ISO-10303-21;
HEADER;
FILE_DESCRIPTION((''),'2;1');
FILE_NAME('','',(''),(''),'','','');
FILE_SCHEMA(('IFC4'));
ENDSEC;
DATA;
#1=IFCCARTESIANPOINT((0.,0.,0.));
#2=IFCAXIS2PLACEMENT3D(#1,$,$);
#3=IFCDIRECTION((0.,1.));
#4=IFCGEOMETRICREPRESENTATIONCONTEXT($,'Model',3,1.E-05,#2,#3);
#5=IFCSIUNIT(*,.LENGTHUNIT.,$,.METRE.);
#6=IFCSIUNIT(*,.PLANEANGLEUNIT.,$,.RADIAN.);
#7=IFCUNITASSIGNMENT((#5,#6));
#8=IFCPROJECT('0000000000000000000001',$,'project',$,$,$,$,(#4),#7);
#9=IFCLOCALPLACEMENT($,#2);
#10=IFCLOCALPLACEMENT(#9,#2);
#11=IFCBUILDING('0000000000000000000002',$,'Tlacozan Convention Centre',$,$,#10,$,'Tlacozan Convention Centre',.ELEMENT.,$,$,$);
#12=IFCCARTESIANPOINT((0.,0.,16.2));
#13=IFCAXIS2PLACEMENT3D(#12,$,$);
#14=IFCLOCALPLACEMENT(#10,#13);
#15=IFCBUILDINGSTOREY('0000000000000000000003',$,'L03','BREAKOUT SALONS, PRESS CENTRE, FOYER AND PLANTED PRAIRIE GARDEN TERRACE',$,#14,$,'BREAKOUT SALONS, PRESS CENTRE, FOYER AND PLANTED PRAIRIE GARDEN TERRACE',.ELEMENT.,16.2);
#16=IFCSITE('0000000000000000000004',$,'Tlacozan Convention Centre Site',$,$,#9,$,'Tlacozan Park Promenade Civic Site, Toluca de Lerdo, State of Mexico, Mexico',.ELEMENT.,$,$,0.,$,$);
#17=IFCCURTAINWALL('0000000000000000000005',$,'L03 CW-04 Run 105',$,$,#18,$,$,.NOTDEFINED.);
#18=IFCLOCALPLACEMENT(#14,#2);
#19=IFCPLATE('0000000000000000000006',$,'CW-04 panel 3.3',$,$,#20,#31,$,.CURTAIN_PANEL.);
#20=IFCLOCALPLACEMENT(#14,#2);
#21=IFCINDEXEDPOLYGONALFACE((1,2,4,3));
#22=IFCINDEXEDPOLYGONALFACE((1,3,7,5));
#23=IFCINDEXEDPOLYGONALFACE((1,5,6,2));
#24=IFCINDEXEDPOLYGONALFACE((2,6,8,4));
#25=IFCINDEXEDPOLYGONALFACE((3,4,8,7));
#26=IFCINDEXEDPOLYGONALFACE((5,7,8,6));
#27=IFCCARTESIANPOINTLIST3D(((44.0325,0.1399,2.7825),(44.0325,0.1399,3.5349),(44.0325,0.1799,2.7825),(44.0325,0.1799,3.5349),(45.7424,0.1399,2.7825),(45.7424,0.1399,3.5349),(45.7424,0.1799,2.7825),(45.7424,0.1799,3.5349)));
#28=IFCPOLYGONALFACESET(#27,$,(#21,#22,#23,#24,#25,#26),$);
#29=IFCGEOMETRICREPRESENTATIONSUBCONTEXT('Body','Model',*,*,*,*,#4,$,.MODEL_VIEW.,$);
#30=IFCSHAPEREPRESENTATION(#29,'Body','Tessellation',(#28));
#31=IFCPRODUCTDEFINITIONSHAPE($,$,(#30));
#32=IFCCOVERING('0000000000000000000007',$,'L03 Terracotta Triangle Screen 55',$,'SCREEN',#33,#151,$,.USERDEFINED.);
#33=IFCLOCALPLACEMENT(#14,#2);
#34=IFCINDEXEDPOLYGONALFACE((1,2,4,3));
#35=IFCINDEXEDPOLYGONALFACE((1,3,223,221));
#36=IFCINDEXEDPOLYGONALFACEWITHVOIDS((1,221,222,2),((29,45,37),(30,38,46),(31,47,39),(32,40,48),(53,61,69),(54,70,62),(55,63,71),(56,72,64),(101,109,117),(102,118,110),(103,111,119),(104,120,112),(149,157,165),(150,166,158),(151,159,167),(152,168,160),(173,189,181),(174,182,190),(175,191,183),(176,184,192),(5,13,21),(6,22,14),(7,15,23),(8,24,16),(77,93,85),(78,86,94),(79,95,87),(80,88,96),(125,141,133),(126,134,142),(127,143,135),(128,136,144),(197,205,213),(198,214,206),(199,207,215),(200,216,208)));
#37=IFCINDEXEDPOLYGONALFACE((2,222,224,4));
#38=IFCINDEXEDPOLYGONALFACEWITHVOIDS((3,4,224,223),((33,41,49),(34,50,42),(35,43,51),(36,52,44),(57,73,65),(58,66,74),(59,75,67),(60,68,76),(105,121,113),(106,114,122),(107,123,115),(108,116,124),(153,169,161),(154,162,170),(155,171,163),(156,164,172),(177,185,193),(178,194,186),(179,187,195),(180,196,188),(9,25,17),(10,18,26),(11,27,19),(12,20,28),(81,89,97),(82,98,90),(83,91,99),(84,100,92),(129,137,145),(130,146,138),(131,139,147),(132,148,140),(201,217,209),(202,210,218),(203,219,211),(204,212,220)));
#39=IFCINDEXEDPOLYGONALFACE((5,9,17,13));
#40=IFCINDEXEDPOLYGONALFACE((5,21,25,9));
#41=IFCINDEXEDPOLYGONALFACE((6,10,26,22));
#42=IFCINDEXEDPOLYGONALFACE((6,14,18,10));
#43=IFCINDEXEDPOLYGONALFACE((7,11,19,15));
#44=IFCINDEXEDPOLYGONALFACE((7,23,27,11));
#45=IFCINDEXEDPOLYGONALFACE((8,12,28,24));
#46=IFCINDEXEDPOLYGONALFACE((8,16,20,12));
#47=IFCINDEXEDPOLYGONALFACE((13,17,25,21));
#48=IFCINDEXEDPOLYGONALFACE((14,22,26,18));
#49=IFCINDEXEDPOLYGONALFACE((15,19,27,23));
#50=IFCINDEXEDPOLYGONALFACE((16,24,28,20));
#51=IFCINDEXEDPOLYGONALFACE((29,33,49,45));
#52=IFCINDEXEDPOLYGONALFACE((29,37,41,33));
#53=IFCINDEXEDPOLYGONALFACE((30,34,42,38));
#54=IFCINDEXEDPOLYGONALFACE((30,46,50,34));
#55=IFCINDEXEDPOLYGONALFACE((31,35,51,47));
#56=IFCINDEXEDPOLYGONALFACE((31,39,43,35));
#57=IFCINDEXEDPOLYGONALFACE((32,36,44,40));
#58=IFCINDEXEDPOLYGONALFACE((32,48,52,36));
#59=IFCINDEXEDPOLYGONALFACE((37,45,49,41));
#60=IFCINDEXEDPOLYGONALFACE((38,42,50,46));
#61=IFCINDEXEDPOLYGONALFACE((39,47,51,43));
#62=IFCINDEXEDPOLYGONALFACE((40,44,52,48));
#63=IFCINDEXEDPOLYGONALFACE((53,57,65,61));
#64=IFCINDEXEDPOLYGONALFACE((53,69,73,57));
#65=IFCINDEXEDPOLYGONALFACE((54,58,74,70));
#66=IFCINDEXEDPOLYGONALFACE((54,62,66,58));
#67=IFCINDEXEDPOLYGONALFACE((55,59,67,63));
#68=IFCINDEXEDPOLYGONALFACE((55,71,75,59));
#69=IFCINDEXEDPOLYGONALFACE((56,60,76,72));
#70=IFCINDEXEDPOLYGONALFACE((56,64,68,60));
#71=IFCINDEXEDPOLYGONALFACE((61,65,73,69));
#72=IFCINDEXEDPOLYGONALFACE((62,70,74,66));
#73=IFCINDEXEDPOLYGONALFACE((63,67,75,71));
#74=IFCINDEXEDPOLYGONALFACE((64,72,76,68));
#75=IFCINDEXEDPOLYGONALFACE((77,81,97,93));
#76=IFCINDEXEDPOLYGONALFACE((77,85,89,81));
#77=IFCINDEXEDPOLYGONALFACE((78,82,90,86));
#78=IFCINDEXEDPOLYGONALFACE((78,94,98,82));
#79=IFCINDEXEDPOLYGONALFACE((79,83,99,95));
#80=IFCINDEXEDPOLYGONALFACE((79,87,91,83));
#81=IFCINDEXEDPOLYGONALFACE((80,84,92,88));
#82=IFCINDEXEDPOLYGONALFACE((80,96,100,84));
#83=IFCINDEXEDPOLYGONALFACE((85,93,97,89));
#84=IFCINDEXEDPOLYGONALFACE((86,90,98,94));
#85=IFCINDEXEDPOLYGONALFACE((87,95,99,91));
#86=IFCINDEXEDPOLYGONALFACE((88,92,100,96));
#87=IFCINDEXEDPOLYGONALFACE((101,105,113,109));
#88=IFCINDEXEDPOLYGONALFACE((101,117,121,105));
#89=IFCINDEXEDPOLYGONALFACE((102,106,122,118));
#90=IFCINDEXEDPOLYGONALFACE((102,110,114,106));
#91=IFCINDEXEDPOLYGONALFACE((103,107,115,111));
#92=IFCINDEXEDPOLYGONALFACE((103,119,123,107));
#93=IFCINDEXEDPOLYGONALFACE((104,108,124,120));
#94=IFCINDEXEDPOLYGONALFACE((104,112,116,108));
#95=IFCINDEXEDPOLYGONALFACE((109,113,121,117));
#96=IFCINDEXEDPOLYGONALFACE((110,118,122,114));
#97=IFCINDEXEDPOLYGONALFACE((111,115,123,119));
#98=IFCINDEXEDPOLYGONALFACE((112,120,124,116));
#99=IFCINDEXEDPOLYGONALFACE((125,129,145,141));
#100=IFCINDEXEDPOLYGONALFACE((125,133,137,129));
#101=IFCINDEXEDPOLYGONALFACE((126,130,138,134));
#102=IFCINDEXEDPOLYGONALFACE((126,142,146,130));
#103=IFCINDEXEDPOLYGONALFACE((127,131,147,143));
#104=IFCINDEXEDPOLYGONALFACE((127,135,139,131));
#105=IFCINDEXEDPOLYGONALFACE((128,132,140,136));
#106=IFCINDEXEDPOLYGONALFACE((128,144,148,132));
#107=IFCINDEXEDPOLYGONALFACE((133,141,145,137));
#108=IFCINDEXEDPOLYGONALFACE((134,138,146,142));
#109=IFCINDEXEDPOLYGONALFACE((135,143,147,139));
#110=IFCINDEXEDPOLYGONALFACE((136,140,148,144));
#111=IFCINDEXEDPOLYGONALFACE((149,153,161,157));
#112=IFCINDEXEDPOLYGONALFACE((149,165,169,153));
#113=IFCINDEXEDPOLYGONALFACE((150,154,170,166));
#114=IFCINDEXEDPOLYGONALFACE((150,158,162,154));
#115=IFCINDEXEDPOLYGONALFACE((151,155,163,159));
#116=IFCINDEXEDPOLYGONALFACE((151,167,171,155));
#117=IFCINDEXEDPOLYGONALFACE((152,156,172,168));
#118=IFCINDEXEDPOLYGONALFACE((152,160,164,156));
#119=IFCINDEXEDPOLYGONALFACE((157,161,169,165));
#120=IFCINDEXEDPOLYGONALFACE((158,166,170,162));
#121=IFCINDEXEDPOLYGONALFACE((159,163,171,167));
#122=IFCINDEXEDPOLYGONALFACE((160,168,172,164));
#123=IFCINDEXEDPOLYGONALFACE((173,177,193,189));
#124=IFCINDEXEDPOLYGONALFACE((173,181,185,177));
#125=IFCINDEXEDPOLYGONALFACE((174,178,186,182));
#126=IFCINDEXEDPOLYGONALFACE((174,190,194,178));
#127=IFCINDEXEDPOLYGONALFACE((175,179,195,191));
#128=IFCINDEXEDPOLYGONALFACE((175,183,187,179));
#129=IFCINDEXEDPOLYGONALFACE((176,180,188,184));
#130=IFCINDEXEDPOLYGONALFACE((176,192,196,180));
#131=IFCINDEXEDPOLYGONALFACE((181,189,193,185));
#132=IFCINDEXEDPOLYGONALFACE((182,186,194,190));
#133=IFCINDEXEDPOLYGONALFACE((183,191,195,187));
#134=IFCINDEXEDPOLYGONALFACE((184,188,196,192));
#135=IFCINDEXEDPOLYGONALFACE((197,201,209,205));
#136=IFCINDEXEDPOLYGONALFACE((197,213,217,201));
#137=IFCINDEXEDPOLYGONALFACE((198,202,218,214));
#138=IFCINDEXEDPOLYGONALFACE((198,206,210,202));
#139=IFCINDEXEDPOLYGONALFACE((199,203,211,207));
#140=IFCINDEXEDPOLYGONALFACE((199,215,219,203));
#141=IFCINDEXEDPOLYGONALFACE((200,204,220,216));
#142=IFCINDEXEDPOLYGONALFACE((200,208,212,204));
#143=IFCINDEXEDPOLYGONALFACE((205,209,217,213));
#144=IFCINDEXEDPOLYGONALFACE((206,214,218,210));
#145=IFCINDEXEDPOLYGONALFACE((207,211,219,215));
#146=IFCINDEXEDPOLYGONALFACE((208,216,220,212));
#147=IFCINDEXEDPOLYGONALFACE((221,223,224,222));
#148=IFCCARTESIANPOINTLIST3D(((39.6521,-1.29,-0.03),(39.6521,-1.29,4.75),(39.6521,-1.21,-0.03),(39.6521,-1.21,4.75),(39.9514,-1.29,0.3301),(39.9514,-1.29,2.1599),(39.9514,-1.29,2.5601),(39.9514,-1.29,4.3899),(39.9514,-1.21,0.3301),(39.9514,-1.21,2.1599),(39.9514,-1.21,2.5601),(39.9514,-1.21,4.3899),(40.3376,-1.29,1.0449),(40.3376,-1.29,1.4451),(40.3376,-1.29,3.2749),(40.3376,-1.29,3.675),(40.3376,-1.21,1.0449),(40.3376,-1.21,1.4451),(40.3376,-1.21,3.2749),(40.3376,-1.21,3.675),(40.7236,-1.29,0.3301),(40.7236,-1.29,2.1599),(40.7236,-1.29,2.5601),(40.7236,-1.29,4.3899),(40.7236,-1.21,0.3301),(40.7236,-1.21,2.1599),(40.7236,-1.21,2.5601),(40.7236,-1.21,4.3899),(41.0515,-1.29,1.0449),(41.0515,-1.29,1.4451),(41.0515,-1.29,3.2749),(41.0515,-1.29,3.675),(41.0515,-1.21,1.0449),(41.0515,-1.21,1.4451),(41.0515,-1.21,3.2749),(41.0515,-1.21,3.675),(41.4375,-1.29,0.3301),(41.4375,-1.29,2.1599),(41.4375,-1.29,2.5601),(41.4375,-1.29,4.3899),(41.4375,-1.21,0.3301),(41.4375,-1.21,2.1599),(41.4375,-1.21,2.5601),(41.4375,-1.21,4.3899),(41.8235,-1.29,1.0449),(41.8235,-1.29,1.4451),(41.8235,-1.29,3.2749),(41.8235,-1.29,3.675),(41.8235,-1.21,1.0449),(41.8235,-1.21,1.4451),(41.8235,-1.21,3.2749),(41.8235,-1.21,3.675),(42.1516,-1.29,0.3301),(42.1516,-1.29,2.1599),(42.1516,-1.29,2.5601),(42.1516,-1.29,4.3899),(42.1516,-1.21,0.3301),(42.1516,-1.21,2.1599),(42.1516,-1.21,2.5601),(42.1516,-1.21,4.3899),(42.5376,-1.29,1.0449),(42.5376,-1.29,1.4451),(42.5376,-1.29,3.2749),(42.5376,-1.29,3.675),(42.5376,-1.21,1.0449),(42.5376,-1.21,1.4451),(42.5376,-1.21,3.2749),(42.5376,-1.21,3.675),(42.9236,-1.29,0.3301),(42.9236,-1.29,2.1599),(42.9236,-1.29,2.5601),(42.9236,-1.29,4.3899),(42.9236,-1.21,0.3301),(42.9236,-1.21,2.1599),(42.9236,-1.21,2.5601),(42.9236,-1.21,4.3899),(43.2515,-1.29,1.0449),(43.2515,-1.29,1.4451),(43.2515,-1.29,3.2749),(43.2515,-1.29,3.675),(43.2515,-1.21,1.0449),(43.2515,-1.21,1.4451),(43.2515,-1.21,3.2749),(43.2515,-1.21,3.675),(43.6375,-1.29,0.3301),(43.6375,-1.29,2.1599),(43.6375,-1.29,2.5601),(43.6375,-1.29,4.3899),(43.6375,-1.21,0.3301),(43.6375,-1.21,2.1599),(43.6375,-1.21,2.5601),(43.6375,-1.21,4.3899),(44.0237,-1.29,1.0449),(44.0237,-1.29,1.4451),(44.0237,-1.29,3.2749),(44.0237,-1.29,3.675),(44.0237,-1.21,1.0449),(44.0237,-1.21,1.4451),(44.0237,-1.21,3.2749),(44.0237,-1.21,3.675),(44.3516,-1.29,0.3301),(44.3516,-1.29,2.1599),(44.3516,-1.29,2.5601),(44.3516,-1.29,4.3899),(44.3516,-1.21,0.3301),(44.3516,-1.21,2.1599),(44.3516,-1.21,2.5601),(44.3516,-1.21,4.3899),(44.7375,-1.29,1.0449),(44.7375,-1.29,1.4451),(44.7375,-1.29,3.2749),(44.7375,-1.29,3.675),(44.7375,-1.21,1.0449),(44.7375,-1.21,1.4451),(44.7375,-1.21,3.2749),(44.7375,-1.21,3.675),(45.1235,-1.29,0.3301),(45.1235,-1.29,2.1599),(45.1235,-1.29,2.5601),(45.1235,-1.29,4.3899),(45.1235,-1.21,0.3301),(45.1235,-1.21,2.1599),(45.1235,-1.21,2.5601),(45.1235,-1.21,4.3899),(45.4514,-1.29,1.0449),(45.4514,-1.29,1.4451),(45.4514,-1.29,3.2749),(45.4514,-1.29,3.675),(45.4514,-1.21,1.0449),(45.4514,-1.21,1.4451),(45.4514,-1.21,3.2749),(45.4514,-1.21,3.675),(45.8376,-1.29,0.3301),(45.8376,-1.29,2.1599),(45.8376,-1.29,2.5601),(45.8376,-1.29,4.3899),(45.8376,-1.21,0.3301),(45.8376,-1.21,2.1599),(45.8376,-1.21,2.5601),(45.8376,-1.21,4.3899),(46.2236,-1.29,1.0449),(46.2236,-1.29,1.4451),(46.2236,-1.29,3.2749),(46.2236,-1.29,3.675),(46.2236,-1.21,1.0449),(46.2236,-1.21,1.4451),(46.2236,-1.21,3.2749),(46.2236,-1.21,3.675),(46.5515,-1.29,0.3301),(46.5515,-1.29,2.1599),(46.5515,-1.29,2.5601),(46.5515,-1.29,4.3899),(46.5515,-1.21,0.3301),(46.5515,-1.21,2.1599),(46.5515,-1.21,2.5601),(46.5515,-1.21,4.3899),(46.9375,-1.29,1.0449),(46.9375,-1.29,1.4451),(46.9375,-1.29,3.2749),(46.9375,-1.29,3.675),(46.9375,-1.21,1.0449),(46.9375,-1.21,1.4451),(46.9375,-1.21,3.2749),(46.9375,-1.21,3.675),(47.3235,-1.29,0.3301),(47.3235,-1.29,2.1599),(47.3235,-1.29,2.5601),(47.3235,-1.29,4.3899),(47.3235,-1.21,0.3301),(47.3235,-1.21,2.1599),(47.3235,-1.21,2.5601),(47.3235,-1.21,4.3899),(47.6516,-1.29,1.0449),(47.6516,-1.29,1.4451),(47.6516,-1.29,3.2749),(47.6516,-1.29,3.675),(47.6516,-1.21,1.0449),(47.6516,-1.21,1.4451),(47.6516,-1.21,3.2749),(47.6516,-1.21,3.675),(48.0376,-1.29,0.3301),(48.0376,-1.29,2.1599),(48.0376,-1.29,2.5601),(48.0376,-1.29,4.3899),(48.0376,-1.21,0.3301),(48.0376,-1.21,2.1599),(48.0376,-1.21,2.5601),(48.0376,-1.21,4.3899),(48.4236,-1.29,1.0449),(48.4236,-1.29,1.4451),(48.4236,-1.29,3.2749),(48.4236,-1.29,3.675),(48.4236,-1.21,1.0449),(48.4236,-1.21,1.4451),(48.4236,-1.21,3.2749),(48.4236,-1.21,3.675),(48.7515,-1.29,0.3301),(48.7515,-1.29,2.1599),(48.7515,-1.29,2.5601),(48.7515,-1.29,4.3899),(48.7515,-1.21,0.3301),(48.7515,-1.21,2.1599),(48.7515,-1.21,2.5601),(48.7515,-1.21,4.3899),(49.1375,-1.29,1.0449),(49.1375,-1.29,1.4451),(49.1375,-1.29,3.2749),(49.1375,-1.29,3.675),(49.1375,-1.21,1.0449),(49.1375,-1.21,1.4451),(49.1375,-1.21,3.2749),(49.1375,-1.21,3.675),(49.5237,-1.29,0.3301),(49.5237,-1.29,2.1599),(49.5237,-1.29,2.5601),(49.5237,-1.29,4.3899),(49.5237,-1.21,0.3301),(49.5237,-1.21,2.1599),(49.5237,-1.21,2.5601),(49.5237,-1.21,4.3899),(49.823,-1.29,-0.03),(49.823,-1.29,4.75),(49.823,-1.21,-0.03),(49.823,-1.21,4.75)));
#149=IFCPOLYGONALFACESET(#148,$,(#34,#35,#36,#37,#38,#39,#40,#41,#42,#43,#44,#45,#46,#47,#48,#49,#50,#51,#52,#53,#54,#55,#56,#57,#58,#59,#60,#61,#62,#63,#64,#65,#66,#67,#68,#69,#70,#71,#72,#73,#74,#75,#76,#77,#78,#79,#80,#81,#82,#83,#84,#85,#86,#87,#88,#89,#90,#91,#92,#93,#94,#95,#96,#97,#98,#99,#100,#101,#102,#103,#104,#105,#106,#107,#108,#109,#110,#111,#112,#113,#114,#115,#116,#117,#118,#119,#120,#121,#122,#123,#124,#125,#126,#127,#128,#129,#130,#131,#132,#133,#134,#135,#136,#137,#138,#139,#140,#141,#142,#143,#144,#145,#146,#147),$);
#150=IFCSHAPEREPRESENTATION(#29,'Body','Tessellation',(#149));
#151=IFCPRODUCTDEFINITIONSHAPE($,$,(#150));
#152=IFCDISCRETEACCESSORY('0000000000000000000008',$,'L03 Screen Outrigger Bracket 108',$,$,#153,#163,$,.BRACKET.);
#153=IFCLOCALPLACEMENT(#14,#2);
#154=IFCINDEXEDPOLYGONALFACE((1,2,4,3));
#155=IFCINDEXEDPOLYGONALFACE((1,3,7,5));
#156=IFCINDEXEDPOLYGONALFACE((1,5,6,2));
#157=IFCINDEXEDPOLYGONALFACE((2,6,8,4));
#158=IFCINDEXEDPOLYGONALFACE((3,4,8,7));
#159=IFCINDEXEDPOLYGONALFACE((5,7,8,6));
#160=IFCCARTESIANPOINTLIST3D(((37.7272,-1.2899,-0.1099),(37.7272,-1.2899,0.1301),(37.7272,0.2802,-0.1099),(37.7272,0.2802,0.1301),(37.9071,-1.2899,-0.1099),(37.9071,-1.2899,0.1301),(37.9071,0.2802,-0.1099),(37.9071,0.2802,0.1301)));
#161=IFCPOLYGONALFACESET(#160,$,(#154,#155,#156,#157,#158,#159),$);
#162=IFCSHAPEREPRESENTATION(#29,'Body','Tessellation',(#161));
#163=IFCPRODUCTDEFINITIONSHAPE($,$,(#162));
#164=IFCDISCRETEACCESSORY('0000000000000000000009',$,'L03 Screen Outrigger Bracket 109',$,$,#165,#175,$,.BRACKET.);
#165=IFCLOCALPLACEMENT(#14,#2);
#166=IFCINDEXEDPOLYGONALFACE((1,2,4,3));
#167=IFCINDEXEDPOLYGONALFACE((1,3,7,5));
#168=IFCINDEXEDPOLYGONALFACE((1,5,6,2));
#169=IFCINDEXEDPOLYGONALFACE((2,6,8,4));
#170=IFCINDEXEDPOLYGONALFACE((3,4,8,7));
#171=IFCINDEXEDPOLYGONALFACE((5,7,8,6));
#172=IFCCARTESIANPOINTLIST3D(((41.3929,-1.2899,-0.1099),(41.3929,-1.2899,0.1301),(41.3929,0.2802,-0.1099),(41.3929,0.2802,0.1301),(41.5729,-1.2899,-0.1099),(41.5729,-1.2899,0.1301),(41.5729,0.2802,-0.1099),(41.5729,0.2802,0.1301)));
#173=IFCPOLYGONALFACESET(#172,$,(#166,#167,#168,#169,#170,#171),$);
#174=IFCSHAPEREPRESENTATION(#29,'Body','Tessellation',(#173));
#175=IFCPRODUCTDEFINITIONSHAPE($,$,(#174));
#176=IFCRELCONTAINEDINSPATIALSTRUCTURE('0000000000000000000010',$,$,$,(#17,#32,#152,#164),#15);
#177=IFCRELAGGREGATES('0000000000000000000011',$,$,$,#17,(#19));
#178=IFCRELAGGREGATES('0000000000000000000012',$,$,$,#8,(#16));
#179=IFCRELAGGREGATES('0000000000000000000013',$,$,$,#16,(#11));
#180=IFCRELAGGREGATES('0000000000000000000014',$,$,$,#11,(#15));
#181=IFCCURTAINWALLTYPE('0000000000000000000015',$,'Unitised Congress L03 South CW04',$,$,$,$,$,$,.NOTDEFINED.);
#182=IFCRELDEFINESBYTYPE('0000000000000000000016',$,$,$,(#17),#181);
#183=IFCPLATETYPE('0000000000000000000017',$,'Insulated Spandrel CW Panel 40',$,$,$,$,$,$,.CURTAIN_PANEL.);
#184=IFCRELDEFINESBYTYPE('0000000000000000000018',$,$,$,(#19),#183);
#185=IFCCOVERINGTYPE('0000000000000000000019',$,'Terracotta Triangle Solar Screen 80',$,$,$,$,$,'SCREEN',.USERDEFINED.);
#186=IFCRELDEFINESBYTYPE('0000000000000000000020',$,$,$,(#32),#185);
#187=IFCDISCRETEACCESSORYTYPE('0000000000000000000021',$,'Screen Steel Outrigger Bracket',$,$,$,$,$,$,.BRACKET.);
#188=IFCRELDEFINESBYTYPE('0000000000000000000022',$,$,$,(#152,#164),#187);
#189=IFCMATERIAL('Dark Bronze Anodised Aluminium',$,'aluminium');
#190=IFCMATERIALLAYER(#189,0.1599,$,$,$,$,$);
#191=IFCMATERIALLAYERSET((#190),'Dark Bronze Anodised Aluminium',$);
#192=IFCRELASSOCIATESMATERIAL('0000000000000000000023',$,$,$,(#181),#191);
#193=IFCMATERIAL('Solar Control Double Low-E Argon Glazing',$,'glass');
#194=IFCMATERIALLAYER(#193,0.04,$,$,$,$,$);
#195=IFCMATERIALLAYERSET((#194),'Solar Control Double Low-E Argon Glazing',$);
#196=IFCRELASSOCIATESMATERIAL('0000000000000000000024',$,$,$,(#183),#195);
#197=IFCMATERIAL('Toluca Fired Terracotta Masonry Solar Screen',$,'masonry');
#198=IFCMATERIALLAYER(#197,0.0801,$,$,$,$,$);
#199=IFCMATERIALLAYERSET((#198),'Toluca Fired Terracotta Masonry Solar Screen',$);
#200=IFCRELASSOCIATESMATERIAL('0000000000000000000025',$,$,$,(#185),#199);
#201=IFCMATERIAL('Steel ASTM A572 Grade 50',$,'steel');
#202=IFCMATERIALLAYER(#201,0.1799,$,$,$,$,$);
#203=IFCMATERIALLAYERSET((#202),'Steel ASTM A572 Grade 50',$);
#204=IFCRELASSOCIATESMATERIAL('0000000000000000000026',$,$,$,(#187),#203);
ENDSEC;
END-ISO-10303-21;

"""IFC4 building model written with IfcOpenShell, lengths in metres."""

from ifc_helpers import new_model, si_unit, direction, frame, origin, origin_2d, place, context, subcontext, project, spatial, polyline, rectangle, outline, extrude, material, layer, layer_set, type_object, element, aggregate, save


model = new_model("IFC4")

# Units and contexts
model_context = context("Model", 3, precision=1e-05, world=origin(), true_north=direction((0.0, 1.0)))
body_context = subcontext(model_context, "Body", "Model", "MODEL_VIEW")
ifc_project = project(units=[si_unit("LENGTHUNIT", "METRE"), si_unit("PLANEANGLEUNIT", "RADIAN")], contexts=[model_context])

# Site, building, storey
site_placement = place(None, origin())
site = spatial("IfcSite", under=ifc_project, at=site_placement, Name="Tlacozan Convention Centre Site", LongName="Tlacozan Park Promenade Civic Site, Toluca de Lerdo, State of Mexico, Mexico", CompositionType="ELEMENT", RefElevation=0.0)
building_placement = place(site_placement, origin())
building = spatial("IfcBuilding", under=site, at=building_placement, Name="Tlacozan Convention Centre", LongName="Tlacozan Convention Centre", CompositionType="ELEMENT")
storey_placement = place(building_placement, frame((0.0, 0.0, 16.2)))
storey = spatial("IfcBuildingStorey", under=building, at=storey_placement, Name="L03", Description="BREAKOUT SALONS, PRESS CENTRE, FOYER AND PLANTED PRAIRIE GARDEN TERRACE", LongName="BREAKOUT SALONS, PRESS CENTRE, FOYER AND PLANTED PRAIRIE GARDEN TERRACE", CompositionType="ELEMENT", Elevation=16.2)

# Shared definitions
ifc_material_1 = material(Name="Dark Bronze Anodised Aluminium", Category="aluminium")
ifc_layer_1 = layer(ifc_material_1, 0.1599)
ifc_layer_set_1 = layer_set([ifc_layer_1], Name="Dark Bronze Anodised Aluminium")
curtain_wall_type = type_object("IfcCurtainWallType", Name="Unitised Congress L03 South CW04", PredefinedType="NOTDEFINED", material=ifc_layer_set_1)

# Curtain wall
curtain_wall_1_placement = place(storey_placement, origin())
curtain_wall_1 = element("IfcCurtainWall", 1, at=curtain_wall_1_placement, inside=storey, type_object=curtain_wall_type, Name="L03 CW-04 Run 105", PredefinedType="NOTDEFINED")

# Plate
ifc_material_2 = material(Name="Solar Control Double Low-E Argon Glazing", Category="glass")
ifc_layer_2 = layer(ifc_material_2, 0.04)
ifc_layer_set_2 = layer_set([ifc_layer_2], Name="Solar Control Double Low-E Argon Glazing")
plate_type_1 = type_object("IfcPlateType", Name="Insulated Spandrel CW Panel 40", PredefinedType="CURTAIN_PANEL", material=ifc_layer_set_2)
plate_1_placement = place(storey_placement, frame((44.8875, 0.1599, 2.7825), z_axis=(0.0, 0.0, 1.0), x_axis=(1.0, 0.0, 0.0)))
plate_1 = element("IfcPlate", 2, at=plate_1_placement, type_object=plate_type_1, Name="CW-04 panel 3.3", PredefinedType="CURTAIN_PANEL", context=body_context, shape_type="SweptSolid", body=[
    extrude(rectangle(XDim=1.71, YDim=0.04, at=origin_2d()), origin(), (0.0, 0.0, 1.0), 0.7524),
])
aggregate(curtain_wall_1, [plate_1])

# Covering
ifc_material_3 = material(Name="Toluca Fired Terracotta Masonry Solar Screen", Category="masonry")
ifc_layer_3 = layer(ifc_material_3, 0.0801)
ifc_layer_set_3 = layer_set([ifc_layer_3], Name="Toluca Fired Terracotta Masonry Solar Screen")
covering_type = type_object("IfcCoveringType", Name="Terracotta Triangle Solar Screen 80", ElementType="SCREEN", PredefinedType="USERDEFINED", material=ifc_layer_set_3)
covering_placement = place(storey_placement, frame((39.6521, -1.25, -0.03), z_axis=(0.0, 0.0, 1.0), x_axis=(1.0, 0.0, 0.0)))
element("IfcCovering", 3, at=covering_placement, inside=storey, type_object=covering_type, Name="L03 Terracotta Triangle Screen 55", ObjectType="SCREEN", PredefinedType="USERDEFINED", context=body_context, shape_type="SweptSolid", body=[
    extrude(outline(polyline([(0.0, 0.0), (10.1709, 0.0), (10.1709, 4.78), (0.0, 4.78), (0.0, 0.0)]), holes=[polyline([(0.2993, 0.3601), (1.0715, 0.3601), (0.6855, 1.075), (0.2993, 0.3601)]), polyline([(1.3994, 1.075), (2.1714, 1.075), (1.7854, 0.3601), (1.3994, 1.075)]), polyline([(2.4995, 0.3601), (3.2715, 0.3601), (2.8855, 1.075), (2.4995, 0.3601)]), polyline([(3.5994, 1.075), (4.3716, 1.075), (3.9854, 0.3601), (3.5994, 1.075)]), polyline([(4.6995, 0.3601), (5.4714, 0.3601), (5.0854, 1.075), (4.6995, 0.3601)]), polyline([(5.7993, 1.075), (6.5715, 1.075), (6.1855, 0.3601), (5.7993, 1.075)]), polyline([(6.8994, 0.3601), (7.6714, 0.3601), (7.2854, 1.075), (6.8994, 0.3601)]), polyline([(7.9995, 1.075), (8.7715, 1.075), (8.3855, 0.3601), (7.9995, 1.075)]), polyline([(9.0994, 0.3601), (9.8716, 0.3601), (9.4854, 1.075), (9.0994, 0.3601)]), polyline([(0.2993, 2.1899), (1.0715, 2.1899), (0.6855, 1.4751), (0.2993, 2.1899)]), polyline([(1.3994, 1.4751), (2.1714, 1.4751), (1.7854, 2.1899), (1.3994, 1.4751)]), polyline([(2.4995, 2.1899), (3.2715, 2.1899), (2.8855, 1.4751), (2.4995, 2.1899)]), polyline([(3.5994, 1.4751), (4.3716, 1.4751), (3.9854, 2.1899), (3.5994, 1.4751)]), polyline([(4.6995, 2.1899), (5.4714, 2.1899), (5.0854, 1.4751), (4.6995, 2.1899)]), polyline([(5.7993, 1.4751), (6.5715, 1.4751), (6.1855, 2.1899), (5.7993, 1.4751)]), polyline([(6.8994, 2.1899), (7.6714, 2.1899), (7.2854, 1.4751), (6.8994, 2.1899)]), polyline([(7.9995, 1.4751), (8.7715, 1.4751), (8.3855, 2.1899), (7.9995, 1.4751)]), polyline([(9.0994, 2.1899), (9.8716, 2.1899), (9.4854, 1.4751), (9.0994, 2.1899)]), polyline([(0.2993, 2.5901), (1.0715, 2.5901), (0.6855, 3.3049), (0.2993, 2.5901)]), polyline([(1.3994, 3.3049), (2.1714, 3.3049), (1.7854, 2.5901), (1.3994, 3.3049)]), polyline([(2.4995, 2.5901), (3.2715, 2.5901), (2.8855, 3.3049), (2.4995, 2.5901)]), polyline([(3.5994, 3.3049), (4.3716, 3.3049), (3.9854, 2.5901), (3.5994, 3.3049)]), polyline([(4.6995, 2.5901), (5.4714, 2.5901), (5.0854, 3.3049), (4.6995, 2.5901)]), polyline([(5.7993, 3.3049), (6.5715, 3.3049), (6.1855, 2.5901), (5.7993, 3.3049)]), polyline([(6.8994, 2.5901), (7.6714, 2.5901), (7.2854, 3.3049), (6.8994, 2.5901)]), polyline([(7.9995, 3.3049), (8.7715, 3.3049), (8.3855, 2.5901), (7.9995, 3.3049)]), polyline([(9.0994, 2.5901), (9.8716, 2.5901), (9.4854, 3.3049), (9.0994, 2.5901)]), polyline([(0.2993, 4.4199), (1.0715, 4.4199), (0.6855, 3.7051), (0.2993, 4.4199)]), polyline([(1.3994, 3.7051), (2.1714, 3.7051), (1.7854, 4.4199), (1.3994, 3.7051)]), polyline([(2.4995, 4.4199), (3.2715, 4.4199), (2.8855, 3.7051), (2.4995, 4.4199)]), polyline([(3.5994, 3.7051), (4.3716, 3.7051), (3.9854, 4.4199), (3.5994, 3.7051)]), polyline([(4.6995, 4.4199), (5.4714, 4.4199), (5.0854, 3.7051), (4.6995, 4.4199)]), polyline([(5.7993, 3.7051), (6.5715, 3.7051), (6.1855, 4.4199), (5.7993, 3.7051)]), polyline([(6.8994, 4.4199), (7.6714, 4.4199), (7.2854, 3.7051), (6.8994, 4.4199)]), polyline([(7.9995, 3.7051), (8.7715, 3.7051), (8.3855, 4.4199), (7.9995, 3.7051)]), polyline([(9.0994, 4.4199), (9.8716, 4.4199), (9.4854, 3.7051), (9.0994, 4.4199)])]), frame((0.0, 0.04, 0.0), z_axis=(0.0, -1.0, 0.0), x_axis=(1.0, 0.0, 0.0)), (0.0, 0.0, 1.0), 0.0801),
])

# Discrete accessories
ifc_material_4 = material(Name="Steel ASTM A572 Grade 50", Category="steel")
ifc_layer_4 = layer(ifc_material_4, 0.1799)
ifc_layer_set_4 = layer_set([ifc_layer_4], Name="Steel ASTM A572 Grade 50")
discrete_accessory_type = type_object("IfcDiscreteAccessoryType", Name="Screen Steel Outrigger Bracket", PredefinedType="BRACKET", material=ifc_layer_set_4)
for number, where, z_axis, x_axis, name in (
    (4, (37.8171, -0.5049, -0.1099), (0.0, 0.0, 1.0), (0.0, 1.0, 0.0), "L03 Screen Outrigger Bracket 108"),
    (5, (41.4829, -0.5049, -0.1099), (0.0, 0.0, 1.0), (0.0, 1.0, 0.0), "L03 Screen Outrigger Bracket 109"),
):
    element("IfcDiscreteAccessory", number, at=place(storey_placement, frame(where, z_axis=z_axis, x_axis=x_axis)), inside=storey, type_object=discrete_accessory_type, Name=name, PredefinedType="BRACKET", context=body_context, shape_type="SweptSolid", body=[
        extrude(rectangle(XDim=1.5701, YDim=0.1799, at=origin_2d()), origin(), (0.0, 0.0, 1.0), 0.24),
    ])

save(model, "model.ifc")
